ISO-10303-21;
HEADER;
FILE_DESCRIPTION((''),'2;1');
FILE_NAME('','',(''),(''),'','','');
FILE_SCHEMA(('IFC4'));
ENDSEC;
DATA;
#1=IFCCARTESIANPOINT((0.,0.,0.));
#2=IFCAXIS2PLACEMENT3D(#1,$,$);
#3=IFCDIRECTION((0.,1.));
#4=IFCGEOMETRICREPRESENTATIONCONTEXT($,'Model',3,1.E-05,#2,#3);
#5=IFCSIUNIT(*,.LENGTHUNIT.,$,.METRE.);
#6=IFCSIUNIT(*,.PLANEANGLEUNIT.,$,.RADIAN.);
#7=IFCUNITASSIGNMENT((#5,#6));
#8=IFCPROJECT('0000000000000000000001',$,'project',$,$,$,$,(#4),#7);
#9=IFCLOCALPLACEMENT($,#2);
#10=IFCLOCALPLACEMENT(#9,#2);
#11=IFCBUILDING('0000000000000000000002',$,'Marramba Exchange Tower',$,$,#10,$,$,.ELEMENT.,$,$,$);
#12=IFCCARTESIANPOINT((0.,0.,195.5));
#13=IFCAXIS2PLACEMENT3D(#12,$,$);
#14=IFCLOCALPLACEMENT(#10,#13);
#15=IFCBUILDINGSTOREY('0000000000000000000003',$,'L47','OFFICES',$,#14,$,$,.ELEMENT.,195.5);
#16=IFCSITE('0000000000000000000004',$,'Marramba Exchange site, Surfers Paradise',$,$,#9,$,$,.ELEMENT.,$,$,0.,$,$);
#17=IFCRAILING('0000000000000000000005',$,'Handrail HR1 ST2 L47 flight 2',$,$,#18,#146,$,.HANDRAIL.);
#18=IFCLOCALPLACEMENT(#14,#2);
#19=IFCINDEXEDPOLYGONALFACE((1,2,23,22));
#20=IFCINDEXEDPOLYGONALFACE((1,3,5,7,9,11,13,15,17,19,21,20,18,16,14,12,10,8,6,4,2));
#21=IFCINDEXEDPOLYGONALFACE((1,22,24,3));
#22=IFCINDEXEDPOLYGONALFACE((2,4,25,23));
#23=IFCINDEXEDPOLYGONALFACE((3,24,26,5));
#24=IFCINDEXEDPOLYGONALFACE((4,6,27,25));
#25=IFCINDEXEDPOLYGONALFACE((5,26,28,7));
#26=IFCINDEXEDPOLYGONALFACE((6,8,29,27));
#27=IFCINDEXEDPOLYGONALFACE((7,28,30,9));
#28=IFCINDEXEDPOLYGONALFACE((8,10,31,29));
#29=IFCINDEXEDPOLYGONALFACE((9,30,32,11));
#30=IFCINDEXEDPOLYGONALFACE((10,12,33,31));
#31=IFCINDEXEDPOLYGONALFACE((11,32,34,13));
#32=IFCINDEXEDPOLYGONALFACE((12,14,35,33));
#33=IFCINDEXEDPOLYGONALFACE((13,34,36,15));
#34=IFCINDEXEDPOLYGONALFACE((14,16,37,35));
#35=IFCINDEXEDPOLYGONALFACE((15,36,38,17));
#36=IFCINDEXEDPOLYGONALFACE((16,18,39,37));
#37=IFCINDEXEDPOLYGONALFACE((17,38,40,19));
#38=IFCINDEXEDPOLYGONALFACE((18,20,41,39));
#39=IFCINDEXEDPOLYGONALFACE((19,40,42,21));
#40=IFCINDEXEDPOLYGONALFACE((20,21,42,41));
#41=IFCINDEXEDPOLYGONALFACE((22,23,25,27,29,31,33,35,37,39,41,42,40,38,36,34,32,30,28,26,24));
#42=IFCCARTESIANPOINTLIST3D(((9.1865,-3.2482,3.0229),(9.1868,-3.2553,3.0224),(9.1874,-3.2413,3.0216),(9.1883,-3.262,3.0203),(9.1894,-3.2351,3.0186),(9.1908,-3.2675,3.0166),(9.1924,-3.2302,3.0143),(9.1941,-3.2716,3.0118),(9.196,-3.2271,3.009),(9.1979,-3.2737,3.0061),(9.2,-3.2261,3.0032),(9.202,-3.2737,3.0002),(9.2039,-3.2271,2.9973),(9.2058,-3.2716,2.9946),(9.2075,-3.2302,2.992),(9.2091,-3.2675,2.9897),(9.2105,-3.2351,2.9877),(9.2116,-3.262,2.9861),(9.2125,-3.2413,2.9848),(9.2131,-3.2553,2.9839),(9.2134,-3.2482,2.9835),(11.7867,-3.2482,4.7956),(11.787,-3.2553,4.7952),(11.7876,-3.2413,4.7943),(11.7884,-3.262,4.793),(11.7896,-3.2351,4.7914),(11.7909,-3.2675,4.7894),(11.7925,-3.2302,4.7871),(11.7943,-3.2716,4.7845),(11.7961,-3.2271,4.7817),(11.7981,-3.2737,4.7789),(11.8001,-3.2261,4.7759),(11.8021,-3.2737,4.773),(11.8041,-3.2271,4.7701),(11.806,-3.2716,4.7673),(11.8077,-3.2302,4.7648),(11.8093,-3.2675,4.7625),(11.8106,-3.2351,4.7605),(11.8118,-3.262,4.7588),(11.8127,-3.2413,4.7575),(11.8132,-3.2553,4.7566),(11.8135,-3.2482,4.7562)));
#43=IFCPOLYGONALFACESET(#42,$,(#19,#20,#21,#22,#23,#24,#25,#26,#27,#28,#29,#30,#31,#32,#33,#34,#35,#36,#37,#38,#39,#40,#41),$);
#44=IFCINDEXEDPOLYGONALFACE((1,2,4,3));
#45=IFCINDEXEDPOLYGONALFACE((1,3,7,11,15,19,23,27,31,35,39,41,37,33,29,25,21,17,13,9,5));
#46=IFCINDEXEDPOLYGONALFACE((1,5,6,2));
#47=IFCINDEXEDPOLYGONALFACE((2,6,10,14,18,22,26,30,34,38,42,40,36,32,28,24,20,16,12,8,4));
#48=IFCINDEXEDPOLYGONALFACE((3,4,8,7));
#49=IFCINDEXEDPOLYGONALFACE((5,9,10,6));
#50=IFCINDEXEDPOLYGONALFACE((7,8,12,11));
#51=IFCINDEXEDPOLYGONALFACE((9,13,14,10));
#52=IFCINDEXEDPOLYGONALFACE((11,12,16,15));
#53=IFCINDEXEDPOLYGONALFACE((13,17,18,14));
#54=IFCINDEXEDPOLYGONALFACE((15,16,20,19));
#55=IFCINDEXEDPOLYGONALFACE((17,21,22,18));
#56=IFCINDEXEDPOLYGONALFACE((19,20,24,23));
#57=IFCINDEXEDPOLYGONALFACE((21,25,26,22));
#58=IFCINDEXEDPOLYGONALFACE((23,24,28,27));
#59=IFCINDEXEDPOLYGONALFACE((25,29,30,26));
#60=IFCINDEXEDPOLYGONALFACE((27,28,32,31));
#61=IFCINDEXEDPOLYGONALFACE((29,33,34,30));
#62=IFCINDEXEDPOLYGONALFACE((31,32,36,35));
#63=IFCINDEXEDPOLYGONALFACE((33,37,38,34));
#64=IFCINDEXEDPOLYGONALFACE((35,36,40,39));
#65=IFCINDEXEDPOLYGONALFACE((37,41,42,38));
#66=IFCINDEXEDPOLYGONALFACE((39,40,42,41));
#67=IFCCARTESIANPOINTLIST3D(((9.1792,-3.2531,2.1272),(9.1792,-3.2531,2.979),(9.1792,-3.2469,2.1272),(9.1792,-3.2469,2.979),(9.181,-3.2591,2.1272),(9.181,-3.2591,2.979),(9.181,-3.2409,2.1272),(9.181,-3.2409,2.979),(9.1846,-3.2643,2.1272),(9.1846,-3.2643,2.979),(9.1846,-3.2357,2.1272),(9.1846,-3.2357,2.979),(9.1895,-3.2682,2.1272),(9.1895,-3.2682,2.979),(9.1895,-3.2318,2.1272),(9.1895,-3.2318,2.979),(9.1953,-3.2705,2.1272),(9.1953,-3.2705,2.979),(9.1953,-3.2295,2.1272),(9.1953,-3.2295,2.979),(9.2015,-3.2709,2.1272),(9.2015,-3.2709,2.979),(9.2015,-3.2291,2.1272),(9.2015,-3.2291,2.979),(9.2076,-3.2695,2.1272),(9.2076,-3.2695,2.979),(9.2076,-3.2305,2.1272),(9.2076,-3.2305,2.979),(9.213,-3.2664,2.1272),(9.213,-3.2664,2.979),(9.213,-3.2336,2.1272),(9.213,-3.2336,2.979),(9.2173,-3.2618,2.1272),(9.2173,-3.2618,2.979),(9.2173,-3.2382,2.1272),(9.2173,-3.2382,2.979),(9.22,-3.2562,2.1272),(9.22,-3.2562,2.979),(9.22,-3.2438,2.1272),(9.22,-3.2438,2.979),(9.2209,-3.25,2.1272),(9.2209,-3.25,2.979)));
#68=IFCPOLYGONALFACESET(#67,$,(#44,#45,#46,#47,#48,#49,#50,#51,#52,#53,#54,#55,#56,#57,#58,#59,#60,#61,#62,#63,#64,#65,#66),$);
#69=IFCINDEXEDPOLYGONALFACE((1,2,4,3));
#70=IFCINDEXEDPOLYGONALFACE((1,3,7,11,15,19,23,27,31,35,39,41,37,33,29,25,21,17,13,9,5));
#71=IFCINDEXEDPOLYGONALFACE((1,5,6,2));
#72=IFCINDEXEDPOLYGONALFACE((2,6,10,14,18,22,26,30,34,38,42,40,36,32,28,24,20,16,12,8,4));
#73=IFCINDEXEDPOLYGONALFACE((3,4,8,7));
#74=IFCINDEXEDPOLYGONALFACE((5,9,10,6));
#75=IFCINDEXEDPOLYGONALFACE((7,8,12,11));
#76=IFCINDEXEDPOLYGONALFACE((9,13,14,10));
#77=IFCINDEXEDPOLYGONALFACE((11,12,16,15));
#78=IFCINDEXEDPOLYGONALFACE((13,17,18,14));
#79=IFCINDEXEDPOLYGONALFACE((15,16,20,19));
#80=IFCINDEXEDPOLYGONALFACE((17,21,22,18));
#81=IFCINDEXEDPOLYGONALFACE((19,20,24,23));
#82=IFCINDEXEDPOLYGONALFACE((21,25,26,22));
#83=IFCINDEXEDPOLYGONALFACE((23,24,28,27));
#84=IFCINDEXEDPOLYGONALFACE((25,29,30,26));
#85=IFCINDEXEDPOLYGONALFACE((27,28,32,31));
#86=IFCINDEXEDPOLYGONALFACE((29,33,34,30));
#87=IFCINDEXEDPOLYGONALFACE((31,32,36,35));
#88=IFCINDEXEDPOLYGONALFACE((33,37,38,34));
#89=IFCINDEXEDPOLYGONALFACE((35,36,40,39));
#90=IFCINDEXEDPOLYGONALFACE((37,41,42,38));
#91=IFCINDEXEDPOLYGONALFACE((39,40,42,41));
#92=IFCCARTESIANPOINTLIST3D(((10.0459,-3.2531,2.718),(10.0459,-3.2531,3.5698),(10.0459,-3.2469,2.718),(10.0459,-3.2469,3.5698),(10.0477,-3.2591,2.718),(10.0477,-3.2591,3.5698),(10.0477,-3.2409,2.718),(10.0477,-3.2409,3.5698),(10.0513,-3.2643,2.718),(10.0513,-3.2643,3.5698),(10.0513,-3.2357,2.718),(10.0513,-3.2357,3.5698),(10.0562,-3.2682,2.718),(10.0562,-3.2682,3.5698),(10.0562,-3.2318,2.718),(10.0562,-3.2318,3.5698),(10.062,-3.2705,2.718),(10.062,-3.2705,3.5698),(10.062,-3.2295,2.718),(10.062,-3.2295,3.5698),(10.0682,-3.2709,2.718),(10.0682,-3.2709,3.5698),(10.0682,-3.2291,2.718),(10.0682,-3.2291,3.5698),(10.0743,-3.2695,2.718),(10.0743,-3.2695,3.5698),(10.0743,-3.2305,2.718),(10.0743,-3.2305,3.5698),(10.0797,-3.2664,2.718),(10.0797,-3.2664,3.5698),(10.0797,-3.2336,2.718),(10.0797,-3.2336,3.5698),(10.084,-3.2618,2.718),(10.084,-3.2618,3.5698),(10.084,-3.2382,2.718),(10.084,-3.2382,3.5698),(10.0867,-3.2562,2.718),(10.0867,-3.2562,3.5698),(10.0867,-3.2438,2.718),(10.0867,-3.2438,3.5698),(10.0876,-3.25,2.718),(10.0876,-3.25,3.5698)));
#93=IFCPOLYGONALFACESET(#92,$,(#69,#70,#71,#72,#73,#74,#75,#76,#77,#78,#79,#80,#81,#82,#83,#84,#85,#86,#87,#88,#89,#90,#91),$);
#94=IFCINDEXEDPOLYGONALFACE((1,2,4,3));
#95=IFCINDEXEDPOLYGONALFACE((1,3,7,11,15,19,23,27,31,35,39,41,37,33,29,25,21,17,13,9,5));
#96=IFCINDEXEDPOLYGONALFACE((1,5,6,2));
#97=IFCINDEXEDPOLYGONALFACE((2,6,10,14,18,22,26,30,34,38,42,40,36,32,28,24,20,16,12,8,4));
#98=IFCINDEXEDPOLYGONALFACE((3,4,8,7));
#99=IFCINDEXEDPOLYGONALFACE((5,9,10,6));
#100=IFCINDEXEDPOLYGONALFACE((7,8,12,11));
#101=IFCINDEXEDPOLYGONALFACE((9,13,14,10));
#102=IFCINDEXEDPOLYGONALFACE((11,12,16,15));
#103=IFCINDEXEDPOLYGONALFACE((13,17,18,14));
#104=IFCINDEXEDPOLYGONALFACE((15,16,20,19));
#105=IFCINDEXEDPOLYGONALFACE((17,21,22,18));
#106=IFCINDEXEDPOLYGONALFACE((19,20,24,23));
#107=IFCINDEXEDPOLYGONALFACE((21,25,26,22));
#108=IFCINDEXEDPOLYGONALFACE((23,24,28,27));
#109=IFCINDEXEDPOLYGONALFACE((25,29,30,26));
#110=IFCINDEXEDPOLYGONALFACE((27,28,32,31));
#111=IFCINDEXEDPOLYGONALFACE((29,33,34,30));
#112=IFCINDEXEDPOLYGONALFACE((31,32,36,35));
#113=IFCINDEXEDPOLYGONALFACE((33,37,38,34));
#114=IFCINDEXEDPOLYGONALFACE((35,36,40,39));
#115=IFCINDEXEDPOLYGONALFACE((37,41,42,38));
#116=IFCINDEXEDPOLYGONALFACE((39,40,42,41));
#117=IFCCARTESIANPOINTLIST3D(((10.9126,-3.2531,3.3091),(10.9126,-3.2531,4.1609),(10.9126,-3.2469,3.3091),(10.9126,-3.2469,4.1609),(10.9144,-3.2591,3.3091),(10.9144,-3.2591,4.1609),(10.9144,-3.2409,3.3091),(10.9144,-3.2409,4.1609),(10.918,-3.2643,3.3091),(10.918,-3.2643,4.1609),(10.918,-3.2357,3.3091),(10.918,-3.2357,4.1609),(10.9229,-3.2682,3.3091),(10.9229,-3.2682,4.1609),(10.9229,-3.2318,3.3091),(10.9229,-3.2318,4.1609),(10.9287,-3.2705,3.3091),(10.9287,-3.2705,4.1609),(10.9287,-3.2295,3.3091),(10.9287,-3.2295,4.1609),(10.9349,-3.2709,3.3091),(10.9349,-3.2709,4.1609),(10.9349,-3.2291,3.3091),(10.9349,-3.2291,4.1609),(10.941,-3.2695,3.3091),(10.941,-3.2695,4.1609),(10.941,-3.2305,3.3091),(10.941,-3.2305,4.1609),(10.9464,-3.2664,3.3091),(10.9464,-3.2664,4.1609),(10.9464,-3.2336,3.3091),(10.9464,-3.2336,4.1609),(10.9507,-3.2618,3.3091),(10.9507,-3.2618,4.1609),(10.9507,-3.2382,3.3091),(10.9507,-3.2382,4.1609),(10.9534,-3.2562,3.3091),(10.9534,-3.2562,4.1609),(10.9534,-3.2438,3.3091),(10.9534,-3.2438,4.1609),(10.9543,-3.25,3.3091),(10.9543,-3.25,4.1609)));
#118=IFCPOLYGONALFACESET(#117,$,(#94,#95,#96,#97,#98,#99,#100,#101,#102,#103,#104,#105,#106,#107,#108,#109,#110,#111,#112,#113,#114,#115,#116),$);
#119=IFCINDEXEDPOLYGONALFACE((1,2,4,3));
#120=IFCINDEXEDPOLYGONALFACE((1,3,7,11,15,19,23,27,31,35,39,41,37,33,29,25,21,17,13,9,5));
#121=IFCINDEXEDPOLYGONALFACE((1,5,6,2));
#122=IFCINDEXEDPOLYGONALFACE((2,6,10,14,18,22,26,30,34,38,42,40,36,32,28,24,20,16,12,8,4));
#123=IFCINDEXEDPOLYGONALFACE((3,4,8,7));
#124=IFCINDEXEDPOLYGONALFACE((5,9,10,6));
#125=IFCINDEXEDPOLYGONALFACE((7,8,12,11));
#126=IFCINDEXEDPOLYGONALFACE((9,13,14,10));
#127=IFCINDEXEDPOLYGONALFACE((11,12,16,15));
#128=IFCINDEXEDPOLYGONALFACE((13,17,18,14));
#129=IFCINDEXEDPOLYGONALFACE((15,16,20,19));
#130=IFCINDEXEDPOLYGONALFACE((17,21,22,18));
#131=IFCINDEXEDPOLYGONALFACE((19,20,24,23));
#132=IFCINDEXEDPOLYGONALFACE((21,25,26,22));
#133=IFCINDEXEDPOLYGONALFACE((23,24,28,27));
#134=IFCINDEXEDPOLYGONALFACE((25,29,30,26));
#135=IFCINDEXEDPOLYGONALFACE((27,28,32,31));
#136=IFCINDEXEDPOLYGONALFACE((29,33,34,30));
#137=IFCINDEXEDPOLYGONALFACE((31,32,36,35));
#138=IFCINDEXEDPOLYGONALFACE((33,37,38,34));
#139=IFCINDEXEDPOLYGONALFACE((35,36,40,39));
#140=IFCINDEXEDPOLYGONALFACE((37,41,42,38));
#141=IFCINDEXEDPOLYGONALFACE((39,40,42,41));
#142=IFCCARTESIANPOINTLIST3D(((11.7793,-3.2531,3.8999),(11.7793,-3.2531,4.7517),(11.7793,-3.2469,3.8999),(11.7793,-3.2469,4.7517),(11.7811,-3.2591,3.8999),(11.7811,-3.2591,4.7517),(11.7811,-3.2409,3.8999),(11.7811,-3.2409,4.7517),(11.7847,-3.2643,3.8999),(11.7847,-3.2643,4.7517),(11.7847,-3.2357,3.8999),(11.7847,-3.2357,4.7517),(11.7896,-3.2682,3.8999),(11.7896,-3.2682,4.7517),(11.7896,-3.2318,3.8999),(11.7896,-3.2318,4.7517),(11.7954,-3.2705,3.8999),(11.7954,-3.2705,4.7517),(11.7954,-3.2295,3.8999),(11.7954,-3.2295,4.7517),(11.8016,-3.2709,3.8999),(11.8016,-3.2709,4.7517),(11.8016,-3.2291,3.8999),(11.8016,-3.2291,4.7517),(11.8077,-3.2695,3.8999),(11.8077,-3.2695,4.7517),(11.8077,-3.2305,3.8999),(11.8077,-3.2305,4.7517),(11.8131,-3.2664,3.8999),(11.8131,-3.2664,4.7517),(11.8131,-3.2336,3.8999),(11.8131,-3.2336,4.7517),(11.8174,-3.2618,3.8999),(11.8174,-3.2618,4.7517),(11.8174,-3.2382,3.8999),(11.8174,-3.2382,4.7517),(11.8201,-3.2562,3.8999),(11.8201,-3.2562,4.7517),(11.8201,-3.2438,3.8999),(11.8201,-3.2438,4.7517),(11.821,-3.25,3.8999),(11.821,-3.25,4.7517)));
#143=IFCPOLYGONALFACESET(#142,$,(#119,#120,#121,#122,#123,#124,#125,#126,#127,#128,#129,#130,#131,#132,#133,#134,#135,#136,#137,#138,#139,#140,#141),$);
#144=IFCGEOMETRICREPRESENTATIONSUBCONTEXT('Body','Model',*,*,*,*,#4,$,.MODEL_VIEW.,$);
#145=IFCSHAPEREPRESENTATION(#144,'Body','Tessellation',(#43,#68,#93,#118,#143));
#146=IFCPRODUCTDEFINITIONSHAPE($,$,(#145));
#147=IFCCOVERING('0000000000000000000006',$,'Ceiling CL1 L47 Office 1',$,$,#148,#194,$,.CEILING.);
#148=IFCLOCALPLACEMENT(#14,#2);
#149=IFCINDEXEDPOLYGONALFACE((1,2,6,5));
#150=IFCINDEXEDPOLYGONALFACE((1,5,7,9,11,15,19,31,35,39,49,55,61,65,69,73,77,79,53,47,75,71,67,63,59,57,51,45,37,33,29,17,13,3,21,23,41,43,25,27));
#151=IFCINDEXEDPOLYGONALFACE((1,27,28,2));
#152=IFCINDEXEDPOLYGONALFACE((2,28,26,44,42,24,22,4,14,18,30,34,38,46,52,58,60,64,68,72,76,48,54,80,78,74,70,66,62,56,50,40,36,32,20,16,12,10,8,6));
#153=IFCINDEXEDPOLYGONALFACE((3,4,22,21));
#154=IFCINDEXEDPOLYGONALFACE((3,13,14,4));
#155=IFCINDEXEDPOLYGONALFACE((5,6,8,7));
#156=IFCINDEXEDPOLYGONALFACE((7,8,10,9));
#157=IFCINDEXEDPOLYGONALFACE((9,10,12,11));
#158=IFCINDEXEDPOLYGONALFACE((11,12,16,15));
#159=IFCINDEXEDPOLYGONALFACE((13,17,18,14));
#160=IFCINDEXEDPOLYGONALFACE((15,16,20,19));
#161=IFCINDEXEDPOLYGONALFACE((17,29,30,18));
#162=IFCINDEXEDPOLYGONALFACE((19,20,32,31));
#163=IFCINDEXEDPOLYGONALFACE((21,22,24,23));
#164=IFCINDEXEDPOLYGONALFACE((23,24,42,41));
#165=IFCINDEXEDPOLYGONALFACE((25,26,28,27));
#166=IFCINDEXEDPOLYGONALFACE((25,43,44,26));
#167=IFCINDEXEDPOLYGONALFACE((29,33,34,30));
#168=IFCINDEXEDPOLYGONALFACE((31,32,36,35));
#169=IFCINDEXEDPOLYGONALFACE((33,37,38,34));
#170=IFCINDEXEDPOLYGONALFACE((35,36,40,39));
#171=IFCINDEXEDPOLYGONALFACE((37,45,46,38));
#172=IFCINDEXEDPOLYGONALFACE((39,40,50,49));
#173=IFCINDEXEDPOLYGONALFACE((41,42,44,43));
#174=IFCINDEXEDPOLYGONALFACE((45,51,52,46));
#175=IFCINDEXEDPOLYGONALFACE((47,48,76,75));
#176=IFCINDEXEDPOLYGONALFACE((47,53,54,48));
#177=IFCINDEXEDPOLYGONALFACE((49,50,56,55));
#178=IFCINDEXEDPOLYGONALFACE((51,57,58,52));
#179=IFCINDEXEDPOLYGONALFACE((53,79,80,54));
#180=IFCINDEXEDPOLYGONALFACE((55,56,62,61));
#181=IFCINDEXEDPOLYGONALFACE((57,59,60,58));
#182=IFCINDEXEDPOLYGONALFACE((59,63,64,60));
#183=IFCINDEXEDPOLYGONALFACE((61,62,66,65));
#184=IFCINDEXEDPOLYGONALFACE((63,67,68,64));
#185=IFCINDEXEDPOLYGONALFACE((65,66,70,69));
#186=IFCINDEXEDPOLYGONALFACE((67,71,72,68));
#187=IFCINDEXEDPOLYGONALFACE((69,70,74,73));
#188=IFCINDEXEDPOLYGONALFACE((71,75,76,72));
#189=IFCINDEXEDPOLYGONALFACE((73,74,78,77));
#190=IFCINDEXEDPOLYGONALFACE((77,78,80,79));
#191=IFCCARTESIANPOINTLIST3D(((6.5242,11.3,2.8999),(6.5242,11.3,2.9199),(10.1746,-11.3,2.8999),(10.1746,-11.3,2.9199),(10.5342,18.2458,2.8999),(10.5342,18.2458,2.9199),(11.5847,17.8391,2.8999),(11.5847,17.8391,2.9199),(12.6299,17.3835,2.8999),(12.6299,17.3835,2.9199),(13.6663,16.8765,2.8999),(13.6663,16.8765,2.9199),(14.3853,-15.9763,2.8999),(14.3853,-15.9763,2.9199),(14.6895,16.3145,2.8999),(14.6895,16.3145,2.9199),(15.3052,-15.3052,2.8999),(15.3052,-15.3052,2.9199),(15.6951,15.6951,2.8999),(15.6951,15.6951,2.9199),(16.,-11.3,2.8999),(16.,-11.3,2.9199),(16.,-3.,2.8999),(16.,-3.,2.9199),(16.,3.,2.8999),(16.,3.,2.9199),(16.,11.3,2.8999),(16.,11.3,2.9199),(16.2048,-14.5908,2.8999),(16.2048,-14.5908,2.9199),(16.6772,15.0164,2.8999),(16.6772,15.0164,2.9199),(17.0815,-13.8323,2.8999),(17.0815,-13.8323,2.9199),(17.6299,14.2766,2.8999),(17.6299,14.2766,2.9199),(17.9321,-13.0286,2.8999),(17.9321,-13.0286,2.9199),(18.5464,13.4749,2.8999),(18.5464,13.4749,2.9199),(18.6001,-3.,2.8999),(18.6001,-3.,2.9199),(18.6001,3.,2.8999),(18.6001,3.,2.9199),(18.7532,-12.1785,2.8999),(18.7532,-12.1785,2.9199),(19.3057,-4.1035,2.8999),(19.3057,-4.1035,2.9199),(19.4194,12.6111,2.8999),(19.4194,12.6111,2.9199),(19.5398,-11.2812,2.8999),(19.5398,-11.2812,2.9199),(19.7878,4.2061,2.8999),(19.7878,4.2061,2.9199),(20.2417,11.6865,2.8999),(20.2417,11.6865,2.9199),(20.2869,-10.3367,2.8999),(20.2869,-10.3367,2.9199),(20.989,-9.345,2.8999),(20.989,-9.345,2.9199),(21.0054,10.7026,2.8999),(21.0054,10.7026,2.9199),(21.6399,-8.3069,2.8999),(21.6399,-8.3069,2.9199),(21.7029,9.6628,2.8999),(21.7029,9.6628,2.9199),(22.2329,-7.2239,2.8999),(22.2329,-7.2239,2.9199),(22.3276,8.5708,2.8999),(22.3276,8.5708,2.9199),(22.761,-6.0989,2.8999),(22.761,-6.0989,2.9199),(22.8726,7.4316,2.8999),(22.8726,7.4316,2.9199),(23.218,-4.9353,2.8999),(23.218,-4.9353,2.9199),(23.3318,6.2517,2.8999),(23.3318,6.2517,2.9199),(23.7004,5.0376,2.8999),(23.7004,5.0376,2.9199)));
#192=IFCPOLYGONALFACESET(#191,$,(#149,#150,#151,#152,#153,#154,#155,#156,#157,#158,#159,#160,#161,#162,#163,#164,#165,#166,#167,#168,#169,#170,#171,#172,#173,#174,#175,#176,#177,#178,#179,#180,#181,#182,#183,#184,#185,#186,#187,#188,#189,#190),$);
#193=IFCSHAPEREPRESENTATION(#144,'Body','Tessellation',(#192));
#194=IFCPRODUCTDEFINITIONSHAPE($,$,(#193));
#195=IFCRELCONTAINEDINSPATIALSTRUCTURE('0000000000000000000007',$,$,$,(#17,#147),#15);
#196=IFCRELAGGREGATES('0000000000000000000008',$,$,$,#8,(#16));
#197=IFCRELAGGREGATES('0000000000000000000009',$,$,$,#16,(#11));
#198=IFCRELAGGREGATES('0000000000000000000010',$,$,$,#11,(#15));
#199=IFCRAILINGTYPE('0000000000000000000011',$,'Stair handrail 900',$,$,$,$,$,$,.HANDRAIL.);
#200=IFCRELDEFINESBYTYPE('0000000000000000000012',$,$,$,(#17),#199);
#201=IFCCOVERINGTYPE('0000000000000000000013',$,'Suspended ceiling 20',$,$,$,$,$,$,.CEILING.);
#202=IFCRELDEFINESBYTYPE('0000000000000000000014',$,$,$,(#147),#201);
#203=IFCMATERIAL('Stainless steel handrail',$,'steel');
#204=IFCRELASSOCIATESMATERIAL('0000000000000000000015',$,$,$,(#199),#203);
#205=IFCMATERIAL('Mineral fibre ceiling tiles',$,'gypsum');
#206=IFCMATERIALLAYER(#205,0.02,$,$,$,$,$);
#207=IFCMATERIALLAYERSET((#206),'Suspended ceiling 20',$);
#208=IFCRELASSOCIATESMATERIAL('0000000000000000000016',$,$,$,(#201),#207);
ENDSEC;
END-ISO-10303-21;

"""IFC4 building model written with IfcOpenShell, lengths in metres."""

from ifc_helpers import new_model, si_unit, direction, frame, origin, origin_2d, place, context, subcontext, project, spatial, polyline, circle, outline, extrude, material, layer, layer_set, type_object, element, save


model = new_model("IFC4")

# Units and contexts
model_context = context("Model", 3, precision=1e-05, world=origin(), true_north=direction((0.0, 1.0)))
body_context = subcontext(model_context, "Body", "Model", "MODEL_VIEW")
ifc_project = project(units=[si_unit("LENGTHUNIT", "METRE"), si_unit("PLANEANGLEUNIT", "RADIAN")], contexts=[model_context])

# Site, building, storey
site_placement = place(None, origin())
site = spatial("IfcSite", under=ifc_project, at=site_placement, Name="Marramba Exchange site, Surfers Paradise", CompositionType="ELEMENT", RefElevation=0.0)
building_placement = place(site_placement, origin())
building = spatial("IfcBuilding", under=site, at=building_placement, Name="Marramba Exchange Tower", CompositionType="ELEMENT")
storey_placement = place(building_placement, frame((0.0, 0.0, 195.5)))
storey = spatial("IfcBuildingStorey", under=building, at=storey_placement, Name="L47", Description="OFFICES", CompositionType="ELEMENT", Elevation=195.5)

# Railing
ifc_material_1 = material(Name="Stainless steel handrail", Category="steel")
railing_type = type_object("IfcRailingType", Name="Stair handrail 900", PredefinedType="HANDRAIL", material=ifc_material_1)
railing_placement = place(storey_placement, frame((9.2, -3.25, 2.1272)))
element("IfcRailing", 1, at=railing_placement, inside=storey, type_object=railing_type, Name="Handrail HR1 ST2 L47 flight 2", PredefinedType="HANDRAIL", context=body_context, shape_type="SweptSolid", body=[
    extrude(circle(Radius=0.0239, at=origin_2d()), frame((0.0, 0.0, 0.876), z_axis=(0.82624, 0.0, 0.563318), x_axis=(0.0, 1.0, 0.0)), (0.0, 0.0, 1.0), 3.147),
    extrude(circle(Radius=0.021, at=origin_2d()), origin(), (0.0, 0.0, 1.0), 0.8518),
    extrude(circle(Radius=0.021, at=origin_2d()), frame((0.8667, 0.0, 0.5908)), (0.0, 0.0, 1.0), 0.8518),
    extrude(circle(Radius=0.021, at=origin_2d()), frame((1.7334, 0.0, 1.1819)), (0.0, 0.0, 1.0), 0.8518),
    extrude(circle(Radius=0.021, at=origin_2d()), frame((2.6001, 0.0, 1.7727)), (0.0, 0.0, 1.0), 0.8518),
])

# Covering
ifc_material_2 = material(Name="Mineral fibre ceiling tiles", Category="gypsum")
ifc_layer_1 = layer(ifc_material_2, 0.02)
ifc_layer_set_1 = layer_set([ifc_layer_1], Name="Suspended ceiling 20")
covering_type = type_object("IfcCoveringType", Name="Suspended ceiling 20", PredefinedType="CEILING", material=ifc_layer_set_1)
covering_1_placement = place(storey_placement, frame((0.0, 0.0, 2.8999)))
element("IfcCovering", 2, at=covering_1_placement, inside=storey, type_object=covering_type, Name="Ceiling CL1 L47 Office 1", PredefinedType="CEILING", context=body_context, shape_type="SweptSolid", body=[
    extrude(outline(polyline([(16.0, -3.0), (18.6001, -3.0), (18.6001, 3.0), (16.0, 3.0), (16.0, 11.3), (6.5242, 11.3), (10.5342, 18.2458), (11.5847, 17.8391), (12.6299, 17.3835), (13.6663, 16.8765), (14.6895, 16.3145), (15.6951, 15.6951), (16.6772, 15.0164), (17.6299, 14.2766), (18.5464, 13.4749), (19.4194, 12.6111), (20.2417, 11.6865), (21.0054, 10.7026), (21.7029, 9.6628), (22.3276, 8.5708), (22.8726, 7.4316), (23.3318, 6.2517), (23.7004, 5.0376), (19.7878, 4.2061), (19.3057, -4.1035), (23.218, -4.9353), (22.761, -6.0989), (22.2329, -7.2239), (21.6399, -8.3069), (20.989, -9.345), (20.2869, -10.3367), (19.5398, -11.2812), (18.7532, -12.1785), (17.9321, -13.0286), (17.0815, -13.8323), (16.2048, -14.5908), (15.3052, -15.3052), (14.3853, -15.9763), (10.1746, -11.3), (16.0, -11.3), (16.0, -3.0)])), origin(), (0.0, 0.0, 1.0), 0.02),
])

save(model, "model.ifc")
